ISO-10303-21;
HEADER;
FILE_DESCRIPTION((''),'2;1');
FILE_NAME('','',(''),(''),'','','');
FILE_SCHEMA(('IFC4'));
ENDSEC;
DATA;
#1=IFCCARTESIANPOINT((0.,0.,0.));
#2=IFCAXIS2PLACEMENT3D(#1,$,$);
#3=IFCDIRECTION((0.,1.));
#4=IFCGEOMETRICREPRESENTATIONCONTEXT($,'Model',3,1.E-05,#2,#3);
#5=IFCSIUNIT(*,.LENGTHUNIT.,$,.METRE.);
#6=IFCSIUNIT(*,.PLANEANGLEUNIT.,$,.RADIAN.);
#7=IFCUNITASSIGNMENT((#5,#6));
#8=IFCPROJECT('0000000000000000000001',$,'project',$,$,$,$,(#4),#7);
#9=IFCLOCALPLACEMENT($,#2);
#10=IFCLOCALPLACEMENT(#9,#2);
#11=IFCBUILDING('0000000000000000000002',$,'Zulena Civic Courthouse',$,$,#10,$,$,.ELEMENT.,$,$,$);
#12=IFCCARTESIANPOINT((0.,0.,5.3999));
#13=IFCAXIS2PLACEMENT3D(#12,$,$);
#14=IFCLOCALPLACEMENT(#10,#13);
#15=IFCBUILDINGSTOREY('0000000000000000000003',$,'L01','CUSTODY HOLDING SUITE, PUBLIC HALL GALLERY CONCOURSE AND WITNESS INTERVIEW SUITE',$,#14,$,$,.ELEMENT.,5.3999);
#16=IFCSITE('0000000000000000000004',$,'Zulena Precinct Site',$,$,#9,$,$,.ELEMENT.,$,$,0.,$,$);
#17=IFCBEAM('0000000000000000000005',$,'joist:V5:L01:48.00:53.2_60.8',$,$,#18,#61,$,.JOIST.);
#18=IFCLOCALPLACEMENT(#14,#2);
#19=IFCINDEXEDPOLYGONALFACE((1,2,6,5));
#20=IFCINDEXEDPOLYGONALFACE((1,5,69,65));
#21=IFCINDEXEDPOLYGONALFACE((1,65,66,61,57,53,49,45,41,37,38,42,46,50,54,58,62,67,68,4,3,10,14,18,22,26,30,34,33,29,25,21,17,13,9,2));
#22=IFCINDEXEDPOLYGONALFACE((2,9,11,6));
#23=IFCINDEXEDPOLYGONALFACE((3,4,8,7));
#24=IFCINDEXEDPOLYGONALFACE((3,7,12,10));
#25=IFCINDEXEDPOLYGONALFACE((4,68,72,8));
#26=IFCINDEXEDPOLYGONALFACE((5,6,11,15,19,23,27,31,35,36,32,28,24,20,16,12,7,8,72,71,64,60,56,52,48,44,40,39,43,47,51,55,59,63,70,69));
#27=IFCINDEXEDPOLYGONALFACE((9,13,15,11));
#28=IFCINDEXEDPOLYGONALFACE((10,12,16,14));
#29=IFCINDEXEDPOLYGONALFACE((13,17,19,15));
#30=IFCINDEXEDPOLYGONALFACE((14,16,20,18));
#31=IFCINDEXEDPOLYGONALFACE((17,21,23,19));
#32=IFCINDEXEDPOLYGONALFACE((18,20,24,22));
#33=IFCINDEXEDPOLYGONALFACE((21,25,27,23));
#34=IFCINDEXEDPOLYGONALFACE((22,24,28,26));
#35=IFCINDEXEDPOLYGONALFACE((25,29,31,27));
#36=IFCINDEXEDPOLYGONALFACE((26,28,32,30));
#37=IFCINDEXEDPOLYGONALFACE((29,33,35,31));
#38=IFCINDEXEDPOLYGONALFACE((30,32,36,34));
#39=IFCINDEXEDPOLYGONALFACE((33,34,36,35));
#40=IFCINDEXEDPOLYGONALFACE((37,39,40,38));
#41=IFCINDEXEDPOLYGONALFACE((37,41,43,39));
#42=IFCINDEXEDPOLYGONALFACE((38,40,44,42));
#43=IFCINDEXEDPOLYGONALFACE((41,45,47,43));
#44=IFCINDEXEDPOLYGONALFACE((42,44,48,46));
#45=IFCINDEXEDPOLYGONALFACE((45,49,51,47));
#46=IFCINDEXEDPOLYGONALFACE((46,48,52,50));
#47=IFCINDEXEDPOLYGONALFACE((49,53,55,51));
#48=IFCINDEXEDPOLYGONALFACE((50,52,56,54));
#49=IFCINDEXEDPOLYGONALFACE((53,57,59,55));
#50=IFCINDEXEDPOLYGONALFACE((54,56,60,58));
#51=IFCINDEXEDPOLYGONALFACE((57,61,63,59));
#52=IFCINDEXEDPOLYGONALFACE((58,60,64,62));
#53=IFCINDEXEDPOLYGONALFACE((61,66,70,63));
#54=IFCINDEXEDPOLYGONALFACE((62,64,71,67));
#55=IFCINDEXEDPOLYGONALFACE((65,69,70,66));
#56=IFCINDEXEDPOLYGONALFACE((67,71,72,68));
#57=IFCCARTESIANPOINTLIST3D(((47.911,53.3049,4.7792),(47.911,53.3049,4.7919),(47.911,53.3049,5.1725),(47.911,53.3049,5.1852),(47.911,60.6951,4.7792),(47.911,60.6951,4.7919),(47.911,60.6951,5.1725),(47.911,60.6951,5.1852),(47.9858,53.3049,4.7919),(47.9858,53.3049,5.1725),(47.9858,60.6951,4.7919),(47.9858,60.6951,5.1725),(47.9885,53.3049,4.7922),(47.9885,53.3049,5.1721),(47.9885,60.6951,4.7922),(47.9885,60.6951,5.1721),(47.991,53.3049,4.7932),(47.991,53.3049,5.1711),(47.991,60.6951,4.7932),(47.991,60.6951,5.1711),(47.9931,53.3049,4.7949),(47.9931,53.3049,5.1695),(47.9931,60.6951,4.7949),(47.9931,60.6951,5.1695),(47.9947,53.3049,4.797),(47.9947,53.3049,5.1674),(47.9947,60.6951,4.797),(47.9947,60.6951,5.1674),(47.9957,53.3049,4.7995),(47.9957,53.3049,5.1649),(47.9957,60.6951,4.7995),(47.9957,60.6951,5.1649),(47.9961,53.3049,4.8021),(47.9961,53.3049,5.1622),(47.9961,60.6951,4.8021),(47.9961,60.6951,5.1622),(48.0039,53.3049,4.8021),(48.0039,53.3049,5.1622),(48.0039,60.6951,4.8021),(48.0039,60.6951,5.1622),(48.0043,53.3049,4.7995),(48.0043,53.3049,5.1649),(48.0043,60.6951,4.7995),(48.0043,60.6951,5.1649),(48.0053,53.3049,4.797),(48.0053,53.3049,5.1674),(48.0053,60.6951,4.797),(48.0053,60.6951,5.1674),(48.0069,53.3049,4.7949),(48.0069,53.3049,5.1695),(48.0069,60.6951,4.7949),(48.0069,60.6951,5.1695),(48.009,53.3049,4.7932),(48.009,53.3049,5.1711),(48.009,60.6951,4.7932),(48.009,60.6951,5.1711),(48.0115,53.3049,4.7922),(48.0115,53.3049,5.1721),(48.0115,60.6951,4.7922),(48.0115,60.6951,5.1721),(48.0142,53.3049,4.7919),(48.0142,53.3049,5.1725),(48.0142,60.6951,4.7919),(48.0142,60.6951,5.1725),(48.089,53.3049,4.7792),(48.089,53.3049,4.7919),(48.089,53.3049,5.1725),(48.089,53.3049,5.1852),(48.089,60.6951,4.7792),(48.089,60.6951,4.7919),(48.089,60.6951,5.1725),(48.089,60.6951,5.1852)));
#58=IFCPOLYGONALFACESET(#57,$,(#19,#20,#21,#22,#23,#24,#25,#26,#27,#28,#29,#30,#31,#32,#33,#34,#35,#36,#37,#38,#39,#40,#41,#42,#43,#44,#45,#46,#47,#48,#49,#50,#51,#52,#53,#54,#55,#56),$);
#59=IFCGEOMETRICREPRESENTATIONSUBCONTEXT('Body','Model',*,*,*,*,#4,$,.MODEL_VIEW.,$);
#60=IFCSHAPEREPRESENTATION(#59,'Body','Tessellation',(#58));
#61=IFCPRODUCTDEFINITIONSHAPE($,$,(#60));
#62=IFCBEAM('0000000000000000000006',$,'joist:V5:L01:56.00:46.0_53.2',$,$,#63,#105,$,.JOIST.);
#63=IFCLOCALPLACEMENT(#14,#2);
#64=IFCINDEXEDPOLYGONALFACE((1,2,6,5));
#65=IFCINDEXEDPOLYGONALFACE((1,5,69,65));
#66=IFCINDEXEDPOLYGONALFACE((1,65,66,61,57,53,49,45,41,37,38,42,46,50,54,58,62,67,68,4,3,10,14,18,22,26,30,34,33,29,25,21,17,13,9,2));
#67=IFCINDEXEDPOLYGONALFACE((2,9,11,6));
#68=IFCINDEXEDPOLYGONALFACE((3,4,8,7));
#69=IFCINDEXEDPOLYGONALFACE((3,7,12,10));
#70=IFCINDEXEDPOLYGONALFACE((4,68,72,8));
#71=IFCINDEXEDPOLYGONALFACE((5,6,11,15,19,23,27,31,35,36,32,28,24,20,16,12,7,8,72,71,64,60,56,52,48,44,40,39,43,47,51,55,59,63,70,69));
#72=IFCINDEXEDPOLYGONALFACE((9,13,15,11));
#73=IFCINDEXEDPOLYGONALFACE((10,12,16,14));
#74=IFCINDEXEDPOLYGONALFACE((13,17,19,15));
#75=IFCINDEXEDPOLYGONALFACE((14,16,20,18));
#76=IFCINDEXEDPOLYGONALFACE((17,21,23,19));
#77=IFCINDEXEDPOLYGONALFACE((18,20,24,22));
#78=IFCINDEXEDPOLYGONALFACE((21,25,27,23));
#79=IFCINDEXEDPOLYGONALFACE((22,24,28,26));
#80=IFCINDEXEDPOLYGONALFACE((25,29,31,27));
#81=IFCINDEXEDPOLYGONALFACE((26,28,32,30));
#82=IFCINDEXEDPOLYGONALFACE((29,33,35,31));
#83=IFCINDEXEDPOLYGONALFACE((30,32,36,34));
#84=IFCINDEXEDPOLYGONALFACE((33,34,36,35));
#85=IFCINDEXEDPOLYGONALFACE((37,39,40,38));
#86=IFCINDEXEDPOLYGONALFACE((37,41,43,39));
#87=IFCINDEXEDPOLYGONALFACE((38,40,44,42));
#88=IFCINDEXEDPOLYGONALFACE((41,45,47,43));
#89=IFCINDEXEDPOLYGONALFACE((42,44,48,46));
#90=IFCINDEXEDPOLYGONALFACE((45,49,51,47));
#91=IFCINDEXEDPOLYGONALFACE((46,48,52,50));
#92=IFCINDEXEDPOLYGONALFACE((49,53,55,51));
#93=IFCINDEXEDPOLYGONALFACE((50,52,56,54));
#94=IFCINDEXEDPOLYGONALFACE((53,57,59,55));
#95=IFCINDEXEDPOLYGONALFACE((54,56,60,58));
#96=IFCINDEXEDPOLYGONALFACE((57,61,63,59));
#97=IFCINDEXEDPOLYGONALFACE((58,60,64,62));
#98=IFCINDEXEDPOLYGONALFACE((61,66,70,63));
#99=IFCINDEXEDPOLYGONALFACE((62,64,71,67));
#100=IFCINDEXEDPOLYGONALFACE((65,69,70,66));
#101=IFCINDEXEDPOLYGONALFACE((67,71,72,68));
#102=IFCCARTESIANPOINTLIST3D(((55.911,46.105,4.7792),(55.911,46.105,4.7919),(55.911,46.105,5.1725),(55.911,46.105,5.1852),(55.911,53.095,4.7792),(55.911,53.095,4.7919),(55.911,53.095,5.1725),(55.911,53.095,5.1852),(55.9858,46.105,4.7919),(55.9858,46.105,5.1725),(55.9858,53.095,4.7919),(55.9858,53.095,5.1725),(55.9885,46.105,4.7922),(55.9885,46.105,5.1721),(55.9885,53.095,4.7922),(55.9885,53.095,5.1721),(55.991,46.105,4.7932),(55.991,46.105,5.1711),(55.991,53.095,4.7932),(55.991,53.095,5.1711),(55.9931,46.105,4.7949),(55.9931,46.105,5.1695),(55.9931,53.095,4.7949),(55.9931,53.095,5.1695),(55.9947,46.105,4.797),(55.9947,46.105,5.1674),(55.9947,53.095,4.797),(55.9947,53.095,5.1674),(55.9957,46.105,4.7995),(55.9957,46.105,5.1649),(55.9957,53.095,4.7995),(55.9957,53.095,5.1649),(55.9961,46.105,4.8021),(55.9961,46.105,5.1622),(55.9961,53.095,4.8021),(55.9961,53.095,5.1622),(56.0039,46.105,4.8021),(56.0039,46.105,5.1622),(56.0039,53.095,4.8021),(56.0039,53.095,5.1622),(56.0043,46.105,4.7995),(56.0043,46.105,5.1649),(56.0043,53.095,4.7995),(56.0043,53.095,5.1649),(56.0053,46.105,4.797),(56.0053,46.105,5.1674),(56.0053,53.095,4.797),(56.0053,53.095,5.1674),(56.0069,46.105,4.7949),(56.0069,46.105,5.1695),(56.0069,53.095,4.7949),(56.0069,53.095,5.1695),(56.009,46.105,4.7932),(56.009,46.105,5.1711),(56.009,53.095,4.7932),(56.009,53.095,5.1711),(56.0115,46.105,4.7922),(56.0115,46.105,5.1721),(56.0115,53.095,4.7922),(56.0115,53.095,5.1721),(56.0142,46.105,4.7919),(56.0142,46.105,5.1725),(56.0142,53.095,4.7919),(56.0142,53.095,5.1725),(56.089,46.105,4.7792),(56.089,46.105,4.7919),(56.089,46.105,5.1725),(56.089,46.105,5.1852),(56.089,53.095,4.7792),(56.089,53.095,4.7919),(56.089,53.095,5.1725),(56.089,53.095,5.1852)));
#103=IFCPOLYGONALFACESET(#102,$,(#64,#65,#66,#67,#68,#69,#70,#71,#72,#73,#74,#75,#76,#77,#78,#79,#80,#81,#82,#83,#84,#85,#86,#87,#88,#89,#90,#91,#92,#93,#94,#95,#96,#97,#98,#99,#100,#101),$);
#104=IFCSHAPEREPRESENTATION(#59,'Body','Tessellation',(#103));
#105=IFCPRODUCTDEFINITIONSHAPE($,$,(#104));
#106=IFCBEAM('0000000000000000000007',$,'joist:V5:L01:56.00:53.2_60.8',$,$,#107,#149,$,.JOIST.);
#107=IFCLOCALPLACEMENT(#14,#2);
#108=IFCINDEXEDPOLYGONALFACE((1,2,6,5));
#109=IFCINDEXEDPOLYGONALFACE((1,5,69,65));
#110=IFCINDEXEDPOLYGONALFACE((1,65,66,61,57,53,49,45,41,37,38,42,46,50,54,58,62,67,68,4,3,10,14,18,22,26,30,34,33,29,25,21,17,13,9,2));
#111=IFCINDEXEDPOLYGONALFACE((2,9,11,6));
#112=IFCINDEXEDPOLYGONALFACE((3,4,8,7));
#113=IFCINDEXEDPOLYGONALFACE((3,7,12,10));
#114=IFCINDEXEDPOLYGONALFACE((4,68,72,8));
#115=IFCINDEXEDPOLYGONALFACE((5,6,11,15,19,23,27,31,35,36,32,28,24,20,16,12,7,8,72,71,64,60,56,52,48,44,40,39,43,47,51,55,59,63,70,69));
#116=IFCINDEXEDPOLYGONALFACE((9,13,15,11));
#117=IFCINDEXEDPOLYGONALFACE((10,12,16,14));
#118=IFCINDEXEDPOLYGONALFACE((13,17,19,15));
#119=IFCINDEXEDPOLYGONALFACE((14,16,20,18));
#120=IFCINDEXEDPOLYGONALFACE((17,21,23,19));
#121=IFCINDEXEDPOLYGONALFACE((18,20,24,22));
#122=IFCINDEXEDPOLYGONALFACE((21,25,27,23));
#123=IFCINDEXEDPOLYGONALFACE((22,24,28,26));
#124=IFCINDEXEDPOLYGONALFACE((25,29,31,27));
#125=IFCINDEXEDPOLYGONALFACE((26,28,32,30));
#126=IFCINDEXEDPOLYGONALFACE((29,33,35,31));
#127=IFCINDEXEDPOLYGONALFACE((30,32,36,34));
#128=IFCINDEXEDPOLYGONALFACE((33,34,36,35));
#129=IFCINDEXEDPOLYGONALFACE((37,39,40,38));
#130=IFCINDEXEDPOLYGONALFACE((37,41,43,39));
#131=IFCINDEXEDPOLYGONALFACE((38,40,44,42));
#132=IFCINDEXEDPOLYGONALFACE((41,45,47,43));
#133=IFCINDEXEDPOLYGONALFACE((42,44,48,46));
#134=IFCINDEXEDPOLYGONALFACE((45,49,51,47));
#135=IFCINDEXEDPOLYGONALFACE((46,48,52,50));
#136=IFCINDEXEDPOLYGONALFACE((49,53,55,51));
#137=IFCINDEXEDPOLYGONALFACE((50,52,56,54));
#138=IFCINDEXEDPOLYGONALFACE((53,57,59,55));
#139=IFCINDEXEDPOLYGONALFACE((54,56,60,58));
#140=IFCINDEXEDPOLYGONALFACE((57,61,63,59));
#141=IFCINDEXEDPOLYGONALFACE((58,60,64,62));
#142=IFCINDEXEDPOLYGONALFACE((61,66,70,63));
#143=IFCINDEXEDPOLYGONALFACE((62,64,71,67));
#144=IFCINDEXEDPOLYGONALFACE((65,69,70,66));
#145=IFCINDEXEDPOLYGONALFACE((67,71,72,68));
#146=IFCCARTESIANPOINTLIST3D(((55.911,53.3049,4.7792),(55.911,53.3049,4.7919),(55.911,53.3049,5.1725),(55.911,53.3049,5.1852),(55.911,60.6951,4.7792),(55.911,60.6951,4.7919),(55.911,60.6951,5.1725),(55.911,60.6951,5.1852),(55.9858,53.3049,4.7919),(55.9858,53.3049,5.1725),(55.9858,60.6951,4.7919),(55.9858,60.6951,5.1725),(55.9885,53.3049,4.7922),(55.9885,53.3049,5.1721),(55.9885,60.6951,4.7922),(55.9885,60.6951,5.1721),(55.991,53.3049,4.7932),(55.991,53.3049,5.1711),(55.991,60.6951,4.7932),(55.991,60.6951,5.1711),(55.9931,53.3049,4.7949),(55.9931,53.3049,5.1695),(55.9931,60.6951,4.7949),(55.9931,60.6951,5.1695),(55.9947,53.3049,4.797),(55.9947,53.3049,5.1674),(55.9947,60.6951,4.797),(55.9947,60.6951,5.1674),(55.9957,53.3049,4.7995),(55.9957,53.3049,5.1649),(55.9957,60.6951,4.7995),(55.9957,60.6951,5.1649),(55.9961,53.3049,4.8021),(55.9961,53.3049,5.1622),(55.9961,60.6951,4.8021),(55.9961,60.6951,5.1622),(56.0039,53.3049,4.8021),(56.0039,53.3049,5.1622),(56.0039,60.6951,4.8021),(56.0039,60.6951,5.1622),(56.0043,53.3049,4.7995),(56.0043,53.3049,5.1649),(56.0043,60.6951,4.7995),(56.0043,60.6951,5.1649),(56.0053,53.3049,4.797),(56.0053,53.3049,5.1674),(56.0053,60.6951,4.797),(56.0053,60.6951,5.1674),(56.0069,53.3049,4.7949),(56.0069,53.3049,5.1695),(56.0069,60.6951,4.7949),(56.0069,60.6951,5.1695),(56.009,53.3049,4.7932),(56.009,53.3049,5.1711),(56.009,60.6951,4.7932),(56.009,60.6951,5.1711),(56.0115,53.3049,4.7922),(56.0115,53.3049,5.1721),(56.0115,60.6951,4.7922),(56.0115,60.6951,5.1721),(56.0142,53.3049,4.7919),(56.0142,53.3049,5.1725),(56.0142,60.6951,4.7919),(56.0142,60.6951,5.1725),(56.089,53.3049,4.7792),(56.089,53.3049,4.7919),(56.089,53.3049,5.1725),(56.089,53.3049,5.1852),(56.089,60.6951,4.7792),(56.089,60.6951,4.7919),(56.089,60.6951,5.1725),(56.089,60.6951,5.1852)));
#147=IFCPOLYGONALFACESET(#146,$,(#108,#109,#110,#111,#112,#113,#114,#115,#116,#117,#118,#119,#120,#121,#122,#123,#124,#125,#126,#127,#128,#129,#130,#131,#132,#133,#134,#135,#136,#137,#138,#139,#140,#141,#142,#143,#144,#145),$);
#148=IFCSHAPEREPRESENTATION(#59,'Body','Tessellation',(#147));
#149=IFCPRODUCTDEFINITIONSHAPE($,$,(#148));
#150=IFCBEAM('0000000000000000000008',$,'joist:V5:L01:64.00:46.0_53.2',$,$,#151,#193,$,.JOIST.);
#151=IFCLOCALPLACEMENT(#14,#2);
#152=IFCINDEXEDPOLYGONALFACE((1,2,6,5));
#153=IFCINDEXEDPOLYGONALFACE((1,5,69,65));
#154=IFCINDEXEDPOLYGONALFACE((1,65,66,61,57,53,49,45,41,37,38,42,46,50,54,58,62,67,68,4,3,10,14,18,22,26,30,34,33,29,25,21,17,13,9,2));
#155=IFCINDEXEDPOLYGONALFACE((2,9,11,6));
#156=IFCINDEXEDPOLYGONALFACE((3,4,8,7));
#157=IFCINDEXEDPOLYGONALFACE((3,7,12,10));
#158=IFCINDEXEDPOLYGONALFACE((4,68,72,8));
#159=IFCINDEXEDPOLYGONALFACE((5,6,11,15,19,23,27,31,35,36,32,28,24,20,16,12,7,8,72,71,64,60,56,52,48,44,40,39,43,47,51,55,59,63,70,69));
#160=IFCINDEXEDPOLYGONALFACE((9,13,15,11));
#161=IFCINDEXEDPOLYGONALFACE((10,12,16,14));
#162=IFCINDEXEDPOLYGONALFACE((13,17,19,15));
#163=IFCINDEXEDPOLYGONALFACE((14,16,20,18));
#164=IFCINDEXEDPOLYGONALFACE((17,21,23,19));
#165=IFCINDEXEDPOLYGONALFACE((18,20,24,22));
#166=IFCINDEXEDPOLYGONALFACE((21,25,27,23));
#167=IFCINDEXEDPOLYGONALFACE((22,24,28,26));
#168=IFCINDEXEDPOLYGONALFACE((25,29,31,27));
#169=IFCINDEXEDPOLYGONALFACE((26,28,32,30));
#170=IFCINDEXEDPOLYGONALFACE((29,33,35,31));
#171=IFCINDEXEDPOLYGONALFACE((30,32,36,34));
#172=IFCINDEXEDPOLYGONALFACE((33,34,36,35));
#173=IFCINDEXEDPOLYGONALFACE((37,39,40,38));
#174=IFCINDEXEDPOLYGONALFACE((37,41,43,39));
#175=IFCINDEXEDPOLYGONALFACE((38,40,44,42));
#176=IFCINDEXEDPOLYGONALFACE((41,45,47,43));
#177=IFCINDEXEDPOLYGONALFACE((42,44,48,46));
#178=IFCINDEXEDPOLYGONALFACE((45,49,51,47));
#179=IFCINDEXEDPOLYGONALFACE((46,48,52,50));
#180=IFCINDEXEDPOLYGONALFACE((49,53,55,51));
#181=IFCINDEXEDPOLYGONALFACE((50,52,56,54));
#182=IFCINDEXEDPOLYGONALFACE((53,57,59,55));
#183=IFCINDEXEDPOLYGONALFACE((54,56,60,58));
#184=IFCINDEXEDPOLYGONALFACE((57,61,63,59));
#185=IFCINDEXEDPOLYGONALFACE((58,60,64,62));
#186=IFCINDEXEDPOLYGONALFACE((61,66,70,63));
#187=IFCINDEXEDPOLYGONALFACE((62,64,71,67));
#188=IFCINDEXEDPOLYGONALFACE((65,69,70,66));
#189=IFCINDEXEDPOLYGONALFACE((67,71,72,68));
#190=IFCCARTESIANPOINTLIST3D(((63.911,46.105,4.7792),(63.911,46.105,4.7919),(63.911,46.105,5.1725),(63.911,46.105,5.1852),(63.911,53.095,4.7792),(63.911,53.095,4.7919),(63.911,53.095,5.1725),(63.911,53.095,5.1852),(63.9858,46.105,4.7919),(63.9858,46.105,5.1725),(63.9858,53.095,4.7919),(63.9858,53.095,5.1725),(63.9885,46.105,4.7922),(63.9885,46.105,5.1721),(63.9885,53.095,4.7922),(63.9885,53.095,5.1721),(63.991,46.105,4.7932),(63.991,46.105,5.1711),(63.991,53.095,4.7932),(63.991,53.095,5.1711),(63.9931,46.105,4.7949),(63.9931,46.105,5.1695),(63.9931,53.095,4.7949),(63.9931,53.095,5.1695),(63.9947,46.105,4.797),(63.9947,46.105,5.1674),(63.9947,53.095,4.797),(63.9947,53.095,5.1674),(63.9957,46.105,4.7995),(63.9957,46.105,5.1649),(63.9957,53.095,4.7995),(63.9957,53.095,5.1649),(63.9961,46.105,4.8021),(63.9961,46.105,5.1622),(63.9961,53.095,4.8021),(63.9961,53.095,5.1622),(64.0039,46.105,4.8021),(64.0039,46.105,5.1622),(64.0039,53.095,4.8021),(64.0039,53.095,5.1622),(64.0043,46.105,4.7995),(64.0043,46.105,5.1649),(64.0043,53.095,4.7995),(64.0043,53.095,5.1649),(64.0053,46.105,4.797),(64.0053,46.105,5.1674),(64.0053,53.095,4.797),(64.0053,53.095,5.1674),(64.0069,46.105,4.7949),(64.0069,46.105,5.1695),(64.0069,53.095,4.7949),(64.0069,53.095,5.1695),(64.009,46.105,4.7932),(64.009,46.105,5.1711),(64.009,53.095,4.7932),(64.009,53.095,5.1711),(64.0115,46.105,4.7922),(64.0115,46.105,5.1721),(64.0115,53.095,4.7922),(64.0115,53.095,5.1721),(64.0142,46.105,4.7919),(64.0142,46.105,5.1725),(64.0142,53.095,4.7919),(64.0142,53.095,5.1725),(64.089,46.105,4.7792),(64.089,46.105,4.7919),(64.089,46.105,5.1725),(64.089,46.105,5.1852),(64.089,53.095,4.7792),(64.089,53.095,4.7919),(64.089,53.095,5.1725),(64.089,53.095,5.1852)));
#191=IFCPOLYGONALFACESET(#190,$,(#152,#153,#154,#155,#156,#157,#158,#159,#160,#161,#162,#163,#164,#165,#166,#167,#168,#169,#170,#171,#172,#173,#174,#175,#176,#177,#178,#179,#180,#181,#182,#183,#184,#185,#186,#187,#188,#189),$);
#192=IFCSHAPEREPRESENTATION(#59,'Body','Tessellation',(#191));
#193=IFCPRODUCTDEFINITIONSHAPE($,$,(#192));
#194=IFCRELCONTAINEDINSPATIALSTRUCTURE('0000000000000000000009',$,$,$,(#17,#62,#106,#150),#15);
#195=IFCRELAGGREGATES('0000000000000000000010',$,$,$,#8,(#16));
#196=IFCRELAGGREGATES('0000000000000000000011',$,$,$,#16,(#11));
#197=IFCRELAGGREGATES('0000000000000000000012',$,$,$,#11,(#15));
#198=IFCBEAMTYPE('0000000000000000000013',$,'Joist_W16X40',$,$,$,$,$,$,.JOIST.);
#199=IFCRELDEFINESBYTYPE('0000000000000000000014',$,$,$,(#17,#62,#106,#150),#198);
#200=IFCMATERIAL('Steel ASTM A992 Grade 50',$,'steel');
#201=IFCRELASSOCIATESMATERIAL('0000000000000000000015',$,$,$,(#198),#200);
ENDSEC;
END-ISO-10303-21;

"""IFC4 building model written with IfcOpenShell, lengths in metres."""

from ifc_helpers import new_model, si_unit, direction, frame, origin, origin_2d, place, context, subcontext, project, spatial, i_section, extrude, material, material_profile, profile_set, type_object, element, save


model = new_model("IFC4")

# Units and contexts
model_context = context("Model", 3, precision=1e-05, world=origin(), true_north=direction((0.0, 1.0)))
body_context = subcontext(model_context, "Body", "Model", "MODEL_VIEW")
ifc_project = project(units=[si_unit("LENGTHUNIT", "METRE"), si_unit("PLANEANGLEUNIT", "RADIAN")], contexts=[model_context])

# Site, building, storey
site_placement = place(None, origin())
site = spatial("IfcSite", under=ifc_project, at=site_placement, Name="Zulena Precinct Site", CompositionType="ELEMENT", RefElevation=0.0)
building_placement = place(site_placement, origin())
building = spatial("IfcBuilding", under=site, at=building_placement, Name="Zulena Civic Courthouse", CompositionType="ELEMENT")
storey_placement = place(building_placement, frame((0.0, 0.0, 5.3999)))
storey = spatial("IfcBuildingStorey", under=building, at=storey_placement, Name="L01", Description="CUSTODY HOLDING SUITE, PUBLIC HALL GALLERY CONCOURSE AND WITNESS INTERVIEW SUITE", CompositionType="ELEMENT", Elevation=5.3999)

# Shared definitions
ifc_material_1 = material(Name="Steel ASTM A992 Grade 50", Category="steel")

# Beams
ifc_material_profile_1 = material_profile(ifc_material_1, i_section(OverallWidth=0.178, OverallDepth=0.406, WebThickness=0.0078, FlangeThickness=0.0127, FilletRadius=0.0103, at=origin_2d()), Name="W16X40")
ifc_profile_set_1 = profile_set([ifc_material_profile_1], Name="Steel ASTM A992 Grade 50")
beam_type_1 = type_object("IfcBeamType", Name="Joist_W16X40", PredefinedType="JOIST", material=ifc_profile_set_1)
beam_1_placement = place(storey_placement, frame((48.0, 53.3049, 4.9822), z_axis=(0.0, 1.0, 0.0), x_axis=(-1.0, 0.0, 0.0)))
element("IfcBeam", 1, at=beam_1_placement, inside=storey, type_object=beam_type_1, Name="joist:V5:L01:48.00:53.2_60.8", PredefinedType="JOIST", context=body_context, shape_type="SweptSolid", body=[
    extrude(i_section(OverallWidth=0.178, OverallDepth=0.406, WebThickness=0.0078, FlangeThickness=0.0127, FilletRadius=0.0103, at=origin_2d()), origin(), (0.0, 0.0, 1.0), 7.3901),
])
beam_2_placement = place(storey_placement, frame((56.0, 46.105, 4.9822), z_axis=(0.0, 1.0, 0.0), x_axis=(-1.0, 0.0, 0.0)))
element("IfcBeam", 2, at=beam_2_placement, inside=storey, type_object=beam_type_1, Name="joist:V5:L01:56.00:46.0_53.2", PredefinedType="JOIST", context=body_context, shape_type="SweptSolid", body=[
    extrude(i_section(OverallWidth=0.178, OverallDepth=0.406, WebThickness=0.0078, FlangeThickness=0.0127, FilletRadius=0.0103, at=origin_2d()), origin(), (0.0, 0.0, 1.0), 6.99),
])
beam_3_placement = place(storey_placement, frame((56.0, 53.3049, 4.9822), z_axis=(0.0, 1.0, 0.0), x_axis=(-1.0, 0.0, 0.0)))
element("IfcBeam", 3, at=beam_3_placement, inside=storey, type_object=beam_type_1, Name="joist:V5:L01:56.00:53.2_60.8", PredefinedType="JOIST", context=body_context, shape_type="SweptSolid", body=[
    extrude(i_section(OverallWidth=0.178, OverallDepth=0.406, WebThickness=0.0078, FlangeThickness=0.0127, FilletRadius=0.0103, at=origin_2d()), origin(), (0.0, 0.0, 1.0), 7.3901),
])
beam_4_placement = place(storey_placement, frame((64.0, 46.105, 4.9822), z_axis=(0.0, 1.0, 0.0), x_axis=(-1.0, 0.0, 0.0)))
element("IfcBeam", 4, at=beam_4_placement, inside=storey, type_object=beam_type_1, Name="joist:V5:L01:64.00:46.0_53.2", PredefinedType="JOIST", context=body_context, shape_type="SweptSolid", body=[
    extrude(i_section(OverallWidth=0.178, OverallDepth=0.406, WebThickness=0.0078, FlangeThickness=0.0127, FilletRadius=0.0103, at=origin_2d()), origin(), (0.0, 0.0, 1.0), 6.99),
])

save(model, "model.ifc")
